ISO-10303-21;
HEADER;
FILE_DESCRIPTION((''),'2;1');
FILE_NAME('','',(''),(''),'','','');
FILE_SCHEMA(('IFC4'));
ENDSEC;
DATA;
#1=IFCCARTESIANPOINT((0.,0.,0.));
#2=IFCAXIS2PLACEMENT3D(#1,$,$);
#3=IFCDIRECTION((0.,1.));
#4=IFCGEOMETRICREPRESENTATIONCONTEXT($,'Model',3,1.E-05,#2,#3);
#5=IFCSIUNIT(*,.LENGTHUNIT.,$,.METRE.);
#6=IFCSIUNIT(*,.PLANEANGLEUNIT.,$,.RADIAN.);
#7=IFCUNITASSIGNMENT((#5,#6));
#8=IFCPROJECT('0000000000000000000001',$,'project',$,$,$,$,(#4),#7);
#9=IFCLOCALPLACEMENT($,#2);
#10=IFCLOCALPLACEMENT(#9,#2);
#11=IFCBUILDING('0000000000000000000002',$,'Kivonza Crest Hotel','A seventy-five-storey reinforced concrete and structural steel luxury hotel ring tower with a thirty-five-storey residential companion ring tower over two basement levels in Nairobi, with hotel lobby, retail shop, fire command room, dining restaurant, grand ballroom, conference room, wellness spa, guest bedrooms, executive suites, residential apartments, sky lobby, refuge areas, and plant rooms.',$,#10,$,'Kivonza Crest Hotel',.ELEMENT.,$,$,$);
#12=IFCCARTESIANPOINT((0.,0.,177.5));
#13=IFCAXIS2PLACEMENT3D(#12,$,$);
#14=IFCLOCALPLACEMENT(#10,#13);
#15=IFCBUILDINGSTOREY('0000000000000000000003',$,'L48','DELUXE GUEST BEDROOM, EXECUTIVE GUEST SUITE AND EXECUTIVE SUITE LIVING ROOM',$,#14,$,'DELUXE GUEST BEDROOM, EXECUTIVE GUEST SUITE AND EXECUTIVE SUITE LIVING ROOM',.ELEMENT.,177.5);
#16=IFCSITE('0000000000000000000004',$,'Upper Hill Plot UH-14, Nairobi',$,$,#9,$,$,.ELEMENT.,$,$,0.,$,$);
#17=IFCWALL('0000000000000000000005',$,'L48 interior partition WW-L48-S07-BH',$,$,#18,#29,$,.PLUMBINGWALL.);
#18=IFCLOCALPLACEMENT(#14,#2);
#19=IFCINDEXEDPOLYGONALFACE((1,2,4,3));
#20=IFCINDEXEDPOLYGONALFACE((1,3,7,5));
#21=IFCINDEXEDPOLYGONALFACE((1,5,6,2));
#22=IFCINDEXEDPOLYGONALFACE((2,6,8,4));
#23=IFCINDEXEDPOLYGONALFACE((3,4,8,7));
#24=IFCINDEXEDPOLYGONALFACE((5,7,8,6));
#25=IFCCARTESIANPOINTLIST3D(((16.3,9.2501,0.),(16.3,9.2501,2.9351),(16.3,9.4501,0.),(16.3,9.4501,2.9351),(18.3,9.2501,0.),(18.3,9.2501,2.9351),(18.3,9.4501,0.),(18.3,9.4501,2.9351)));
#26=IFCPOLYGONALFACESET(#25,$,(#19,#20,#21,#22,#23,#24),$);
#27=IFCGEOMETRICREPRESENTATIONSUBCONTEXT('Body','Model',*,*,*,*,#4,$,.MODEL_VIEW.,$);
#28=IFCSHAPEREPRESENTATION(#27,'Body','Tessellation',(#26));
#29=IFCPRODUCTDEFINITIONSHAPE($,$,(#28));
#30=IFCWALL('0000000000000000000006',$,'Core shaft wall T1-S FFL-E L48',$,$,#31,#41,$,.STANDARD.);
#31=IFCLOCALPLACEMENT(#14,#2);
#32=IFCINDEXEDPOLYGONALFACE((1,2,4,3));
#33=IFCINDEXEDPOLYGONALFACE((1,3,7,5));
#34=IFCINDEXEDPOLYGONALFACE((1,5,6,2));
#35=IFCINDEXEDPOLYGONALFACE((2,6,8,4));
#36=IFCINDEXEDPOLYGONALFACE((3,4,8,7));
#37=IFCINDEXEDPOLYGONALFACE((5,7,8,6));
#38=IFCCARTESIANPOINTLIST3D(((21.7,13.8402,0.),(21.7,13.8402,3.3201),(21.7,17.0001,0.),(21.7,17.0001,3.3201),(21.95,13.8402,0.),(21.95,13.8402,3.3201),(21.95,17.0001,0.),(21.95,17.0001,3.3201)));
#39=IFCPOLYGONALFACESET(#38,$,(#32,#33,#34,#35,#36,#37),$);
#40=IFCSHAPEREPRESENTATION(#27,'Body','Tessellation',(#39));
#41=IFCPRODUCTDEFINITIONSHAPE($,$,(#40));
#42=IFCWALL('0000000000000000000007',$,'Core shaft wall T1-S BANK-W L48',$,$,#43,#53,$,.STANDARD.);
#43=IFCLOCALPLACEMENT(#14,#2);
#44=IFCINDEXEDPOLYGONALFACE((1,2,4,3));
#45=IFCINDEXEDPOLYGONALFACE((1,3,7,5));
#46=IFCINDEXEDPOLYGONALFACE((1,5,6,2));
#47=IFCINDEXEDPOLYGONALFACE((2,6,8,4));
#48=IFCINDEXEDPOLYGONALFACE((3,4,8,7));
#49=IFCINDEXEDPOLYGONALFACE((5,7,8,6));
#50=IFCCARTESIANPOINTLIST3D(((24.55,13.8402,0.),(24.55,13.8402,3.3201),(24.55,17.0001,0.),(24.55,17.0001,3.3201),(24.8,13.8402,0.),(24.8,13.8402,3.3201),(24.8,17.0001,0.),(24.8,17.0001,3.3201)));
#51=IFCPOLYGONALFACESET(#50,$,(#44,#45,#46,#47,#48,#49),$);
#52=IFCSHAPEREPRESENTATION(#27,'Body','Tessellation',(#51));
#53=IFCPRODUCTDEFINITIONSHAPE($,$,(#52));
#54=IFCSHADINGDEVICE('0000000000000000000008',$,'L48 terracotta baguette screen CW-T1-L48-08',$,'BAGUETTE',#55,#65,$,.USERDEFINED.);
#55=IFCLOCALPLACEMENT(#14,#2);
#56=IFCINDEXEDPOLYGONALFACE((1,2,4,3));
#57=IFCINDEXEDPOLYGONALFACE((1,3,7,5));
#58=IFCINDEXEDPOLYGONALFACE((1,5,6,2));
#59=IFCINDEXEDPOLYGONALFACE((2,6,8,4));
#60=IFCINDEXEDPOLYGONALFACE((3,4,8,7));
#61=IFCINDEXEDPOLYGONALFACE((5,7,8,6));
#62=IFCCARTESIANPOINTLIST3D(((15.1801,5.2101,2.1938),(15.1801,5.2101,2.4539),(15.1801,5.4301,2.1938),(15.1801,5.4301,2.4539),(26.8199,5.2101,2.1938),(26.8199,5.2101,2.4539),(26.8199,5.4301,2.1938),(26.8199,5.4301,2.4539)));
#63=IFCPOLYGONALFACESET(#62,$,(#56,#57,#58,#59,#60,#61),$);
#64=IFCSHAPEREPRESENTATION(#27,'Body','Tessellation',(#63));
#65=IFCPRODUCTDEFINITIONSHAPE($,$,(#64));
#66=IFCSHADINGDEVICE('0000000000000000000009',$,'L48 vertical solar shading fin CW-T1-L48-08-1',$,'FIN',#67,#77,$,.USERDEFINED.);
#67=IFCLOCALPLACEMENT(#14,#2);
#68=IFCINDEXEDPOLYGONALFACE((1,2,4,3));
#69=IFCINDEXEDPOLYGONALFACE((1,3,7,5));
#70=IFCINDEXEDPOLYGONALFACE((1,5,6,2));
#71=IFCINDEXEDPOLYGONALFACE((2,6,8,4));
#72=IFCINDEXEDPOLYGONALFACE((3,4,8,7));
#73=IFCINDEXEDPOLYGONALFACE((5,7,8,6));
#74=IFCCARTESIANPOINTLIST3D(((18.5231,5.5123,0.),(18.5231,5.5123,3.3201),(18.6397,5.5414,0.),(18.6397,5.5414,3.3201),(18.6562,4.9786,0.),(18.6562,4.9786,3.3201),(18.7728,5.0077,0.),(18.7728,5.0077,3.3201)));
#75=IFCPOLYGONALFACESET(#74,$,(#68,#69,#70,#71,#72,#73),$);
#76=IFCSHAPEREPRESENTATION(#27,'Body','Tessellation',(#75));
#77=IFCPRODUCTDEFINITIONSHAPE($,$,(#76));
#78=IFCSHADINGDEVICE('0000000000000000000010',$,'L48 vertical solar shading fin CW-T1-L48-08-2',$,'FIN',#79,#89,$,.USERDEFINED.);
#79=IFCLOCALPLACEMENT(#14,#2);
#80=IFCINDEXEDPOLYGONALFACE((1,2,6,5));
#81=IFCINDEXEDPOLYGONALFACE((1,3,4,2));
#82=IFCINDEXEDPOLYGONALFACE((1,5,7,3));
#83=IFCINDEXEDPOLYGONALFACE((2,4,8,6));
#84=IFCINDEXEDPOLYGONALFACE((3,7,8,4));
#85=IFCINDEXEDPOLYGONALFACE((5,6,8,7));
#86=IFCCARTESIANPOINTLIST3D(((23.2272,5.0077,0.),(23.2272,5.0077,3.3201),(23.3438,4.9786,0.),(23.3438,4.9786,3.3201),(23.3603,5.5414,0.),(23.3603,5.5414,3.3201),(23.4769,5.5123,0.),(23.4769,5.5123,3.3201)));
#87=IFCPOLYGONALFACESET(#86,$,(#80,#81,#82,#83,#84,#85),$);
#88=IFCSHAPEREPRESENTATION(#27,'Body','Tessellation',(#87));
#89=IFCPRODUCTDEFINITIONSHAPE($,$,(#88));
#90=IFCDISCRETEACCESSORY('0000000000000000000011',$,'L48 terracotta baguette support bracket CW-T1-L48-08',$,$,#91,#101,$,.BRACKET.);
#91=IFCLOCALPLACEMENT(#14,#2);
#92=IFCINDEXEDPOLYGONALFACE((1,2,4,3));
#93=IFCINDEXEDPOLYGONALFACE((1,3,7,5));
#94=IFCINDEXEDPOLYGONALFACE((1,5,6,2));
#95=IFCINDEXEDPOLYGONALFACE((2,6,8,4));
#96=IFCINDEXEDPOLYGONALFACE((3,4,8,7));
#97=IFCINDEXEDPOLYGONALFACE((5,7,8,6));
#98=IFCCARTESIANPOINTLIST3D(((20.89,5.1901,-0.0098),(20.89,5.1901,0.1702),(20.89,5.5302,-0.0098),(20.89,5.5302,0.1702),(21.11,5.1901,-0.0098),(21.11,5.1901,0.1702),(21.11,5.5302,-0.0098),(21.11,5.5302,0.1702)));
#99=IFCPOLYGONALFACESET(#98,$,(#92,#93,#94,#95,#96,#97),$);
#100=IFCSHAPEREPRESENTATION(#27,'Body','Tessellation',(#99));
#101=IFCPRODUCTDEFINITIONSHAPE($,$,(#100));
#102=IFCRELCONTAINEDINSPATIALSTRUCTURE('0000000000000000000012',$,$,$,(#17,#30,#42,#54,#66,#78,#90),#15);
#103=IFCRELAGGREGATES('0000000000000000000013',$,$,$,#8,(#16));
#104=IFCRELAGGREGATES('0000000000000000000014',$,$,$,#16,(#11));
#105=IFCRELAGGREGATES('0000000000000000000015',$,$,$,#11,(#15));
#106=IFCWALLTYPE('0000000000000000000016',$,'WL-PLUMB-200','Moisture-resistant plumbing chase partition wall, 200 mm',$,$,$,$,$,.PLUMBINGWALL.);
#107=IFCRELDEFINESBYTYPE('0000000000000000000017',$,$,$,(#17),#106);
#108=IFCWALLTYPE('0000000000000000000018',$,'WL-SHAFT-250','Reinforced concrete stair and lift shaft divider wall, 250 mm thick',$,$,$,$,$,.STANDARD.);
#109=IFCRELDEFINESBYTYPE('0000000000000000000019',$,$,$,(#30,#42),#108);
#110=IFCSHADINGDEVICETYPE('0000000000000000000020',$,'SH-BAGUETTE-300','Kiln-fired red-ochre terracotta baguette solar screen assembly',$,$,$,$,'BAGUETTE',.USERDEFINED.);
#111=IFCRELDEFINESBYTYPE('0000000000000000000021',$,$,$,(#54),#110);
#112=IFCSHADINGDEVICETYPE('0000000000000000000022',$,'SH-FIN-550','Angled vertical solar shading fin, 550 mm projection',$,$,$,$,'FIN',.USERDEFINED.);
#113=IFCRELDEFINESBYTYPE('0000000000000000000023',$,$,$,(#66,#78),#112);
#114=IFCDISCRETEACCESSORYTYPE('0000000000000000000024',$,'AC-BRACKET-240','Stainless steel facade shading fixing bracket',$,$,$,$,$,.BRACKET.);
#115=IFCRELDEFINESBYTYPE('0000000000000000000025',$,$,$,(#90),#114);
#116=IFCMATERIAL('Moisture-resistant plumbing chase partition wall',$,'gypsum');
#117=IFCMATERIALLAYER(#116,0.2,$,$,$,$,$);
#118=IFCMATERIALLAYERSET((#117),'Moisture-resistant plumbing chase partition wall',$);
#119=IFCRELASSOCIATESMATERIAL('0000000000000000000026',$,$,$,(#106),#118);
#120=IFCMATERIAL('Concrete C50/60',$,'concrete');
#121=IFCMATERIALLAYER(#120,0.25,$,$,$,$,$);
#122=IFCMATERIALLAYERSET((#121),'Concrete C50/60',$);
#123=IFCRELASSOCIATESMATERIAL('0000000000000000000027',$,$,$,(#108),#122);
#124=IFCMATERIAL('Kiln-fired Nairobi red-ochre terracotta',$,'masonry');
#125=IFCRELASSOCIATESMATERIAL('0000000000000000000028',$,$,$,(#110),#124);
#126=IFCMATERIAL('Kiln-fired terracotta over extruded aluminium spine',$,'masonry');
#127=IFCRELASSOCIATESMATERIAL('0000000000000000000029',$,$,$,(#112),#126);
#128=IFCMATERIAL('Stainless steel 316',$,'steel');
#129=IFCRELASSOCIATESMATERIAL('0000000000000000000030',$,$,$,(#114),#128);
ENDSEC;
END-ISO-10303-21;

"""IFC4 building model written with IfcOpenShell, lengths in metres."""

from ifc_helpers import new_model, si_unit, direction, frame, frame_2d, origin, origin_2d, place, context, subcontext, project, spatial, rectangle, extrude, material, layer, layer_set, type_object, element, save


model = new_model("IFC4")

# Units and contexts
model_context = context("Model", 3, precision=1e-05, world=origin(), true_north=direction((0.0, 1.0)))
body_context = subcontext(model_context, "Body", "Model", "MODEL_VIEW")
ifc_project = project(units=[si_unit("LENGTHUNIT", "METRE"), si_unit("PLANEANGLEUNIT", "RADIAN")], contexts=[model_context])

# Site, building, storey
site_placement = place(None, origin())
site = spatial("IfcSite", under=ifc_project, at=site_placement, Name="Upper Hill Plot UH-14, Nairobi", CompositionType="ELEMENT", RefElevation=0.0)
building_placement = place(site_placement, origin())
building = spatial("IfcBuilding", under=site, at=building_placement, Name="Kivonza Crest Hotel", Description="A seventy-five-storey reinforced concrete and structural steel luxury hotel ring tower with a thirty-five-storey residential companion ring tower over two basement levels in Nairobi, with hotel lobby, retail shop, fire command room, dining restaurant, grand ballroom, conference room, wellness spa, guest bedrooms, executive suites, residential apartments, sky lobby, refuge areas, and plant rooms.", LongName="Kivonza Crest Hotel", CompositionType="ELEMENT")
storey_placement = place(building_placement, frame((0.0, 0.0, 177.5)))
storey = spatial("IfcBuildingStorey", under=building, at=storey_placement, Name="L48", Description="DELUXE GUEST BEDROOM, EXECUTIVE GUEST SUITE AND EXECUTIVE SUITE LIVING ROOM", LongName="DELUXE GUEST BEDROOM, EXECUTIVE GUEST SUITE AND EXECUTIVE SUITE LIVING ROOM", CompositionType="ELEMENT", Elevation=177.5)

# Shared definitions
ifc_material_1 = material(Name="Concrete C50/60", Category="concrete")

# Shared definitions
ifc_material_2 = material(Name="Moisture-resistant plumbing chase partition wall", Category="gypsum")
ifc_layer_1 = layer(ifc_material_2, 0.2)
ifc_layer_set_1 = layer_set([ifc_layer_1], Name="Moisture-resistant plumbing chase partition wall")
wall_type_1 = type_object("IfcWallType", Name="WL-PLUMB-200", Description="Moisture-resistant plumbing chase partition wall, 200 mm", PredefinedType="PLUMBINGWALL", material=ifc_layer_set_1)

# Wall
wall_1_placement = place(storey_placement, frame((16.3, 9.3501, 0.0), z_axis=(0.0, 0.0, 1.0), x_axis=(1.0, 0.0, 0.0)))
element("IfcWall", 1, at=wall_1_placement, inside=storey, type_object=wall_type_1, Name="L48 interior partition WW-L48-S07-BH", PredefinedType="PLUMBINGWALL", context=body_context, shape_type="SweptSolid", body=[
    extrude(rectangle(XDim=2.0, YDim=0.2, at=frame_2d((1.0, 0.0))), origin(), (0.0, 0.0, 1.0), 2.9351),
])

# Shared definitions
ifc_layer_2 = layer(ifc_material_1, 0.25)
ifc_layer_set_2 = layer_set([ifc_layer_2], Name="Concrete C50/60")
wall_type_2 = type_object("IfcWallType", Name="WL-SHAFT-250", Description="Reinforced concrete stair and lift shaft divider wall, 250 mm thick", PredefinedType="STANDARD", material=ifc_layer_set_2)

# Walls
for number, where, z_axis, x_axis, name in (
    (2, (21.825, 13.8401, 0.0), (0.0, 0.0, 1.0), (0.0, 1.0, 0.0), "Core shaft wall T1-S FFL-E L48"),
    (3, (24.675, 13.8401, 0.0), (0.0, 0.0, 1.0), (0.0, 1.0, 0.0), "Core shaft wall T1-S BANK-W L48"),
):
    element("IfcWall", number, at=place(storey_placement, frame(where, z_axis=z_axis, x_axis=x_axis)), inside=storey, type_object=wall_type_2, Name=name, PredefinedType="STANDARD", context=body_context, shape_type="SweptSolid", body=[
        extrude(rectangle(XDim=3.1599, YDim=0.25, at=frame_2d((1.5801, 0.0))), origin(), (0.0, 0.0, 1.0), 3.3201),
    ])

# Shading devices
ifc_material_3 = material(Name="Kiln-fired Nairobi red-ochre terracotta", Category="masonry")
shading_device_type_1 = type_object("IfcShadingDeviceType", Name="SH-BAGUETTE-300", Description="Kiln-fired red-ochre terracotta baguette solar screen assembly", ElementType="BAGUETTE", PredefinedType="USERDEFINED", material=ifc_material_3)
shading_device_placement = place(storey_placement, frame((21.0, 5.3201, 2.1938), z_axis=(0.0, 0.0, 1.0), x_axis=(1.0, 0.0, 0.0)))
element("IfcShadingDevice", 4, at=shading_device_placement, inside=storey, type_object=shading_device_type_1, Name="L48 terracotta baguette screen CW-T1-L48-08", ObjectType="BAGUETTE", PredefinedType="USERDEFINED", context=body_context, shape_type="SweptSolid", body=[
    extrude(rectangle(XDim=11.6399, YDim=0.22, at=origin_2d()), origin(), (0.0, 0.0, 1.0), 0.26),
])
ifc_material_4 = material(Name="Kiln-fired terracotta over extruded aluminium spine", Category="masonry")
shading_device_type_2 = type_object("IfcShadingDeviceType", Name="SH-FIN-550", Description="Angled vertical solar shading fin, 550 mm projection", ElementType="FIN", PredefinedType="USERDEFINED", material=ifc_material_4)
for number, where, z_axis, x_axis, name in (
    (5, (18.6479, 5.26, 0.0), (0.0, 0.0, 1.0), (0.970296, 0.241922, 0.0), "L48 vertical solar shading fin CW-T1-L48-08-1"),
    (6, (23.3521, 5.26, 0.0), (0.0, 0.0, 1.0), (0.970296, -0.241922, 0.0), "L48 vertical solar shading fin CW-T1-L48-08-2"),
):
    element("IfcShadingDevice", number, at=place(storey_placement, frame(where, z_axis=z_axis, x_axis=x_axis)), inside=storey, type_object=shading_device_type_2, Name=name, ObjectType="FIN", PredefinedType="USERDEFINED", context=body_context, shape_type="SweptSolid", body=[
        extrude(rectangle(XDim=0.1201, YDim=0.55, at=origin_2d()), origin(), (0.0, 0.0, 1.0), 3.3201),
    ])

# Discrete accessory
ifc_material_5 = material(Name="Stainless steel 316", Category="steel")
discrete_accessory_type = type_object("IfcDiscreteAccessoryType", Name="AC-BRACKET-240", Description="Stainless steel facade shading fixing bracket", PredefinedType="BRACKET", material=ifc_material_5)
discrete_accessory_placement = place(storey_placement, frame((21.0, 5.3601, -0.0098), z_axis=(0.0, 0.0, 1.0), x_axis=(1.0, 0.0, 0.0)))
element("IfcDiscreteAccessory", 7, at=discrete_accessory_placement, inside=storey, type_object=discrete_accessory_type, Name="L48 terracotta baguette support bracket CW-T1-L48-08", PredefinedType="BRACKET", context=body_context, shape_type="SweptSolid", body=[
    extrude(rectangle(XDim=0.22, YDim=0.3401, at=origin_2d()), origin(), (0.0, 0.0, 1.0), 0.1799),
])

save(model, "model.ifc")
